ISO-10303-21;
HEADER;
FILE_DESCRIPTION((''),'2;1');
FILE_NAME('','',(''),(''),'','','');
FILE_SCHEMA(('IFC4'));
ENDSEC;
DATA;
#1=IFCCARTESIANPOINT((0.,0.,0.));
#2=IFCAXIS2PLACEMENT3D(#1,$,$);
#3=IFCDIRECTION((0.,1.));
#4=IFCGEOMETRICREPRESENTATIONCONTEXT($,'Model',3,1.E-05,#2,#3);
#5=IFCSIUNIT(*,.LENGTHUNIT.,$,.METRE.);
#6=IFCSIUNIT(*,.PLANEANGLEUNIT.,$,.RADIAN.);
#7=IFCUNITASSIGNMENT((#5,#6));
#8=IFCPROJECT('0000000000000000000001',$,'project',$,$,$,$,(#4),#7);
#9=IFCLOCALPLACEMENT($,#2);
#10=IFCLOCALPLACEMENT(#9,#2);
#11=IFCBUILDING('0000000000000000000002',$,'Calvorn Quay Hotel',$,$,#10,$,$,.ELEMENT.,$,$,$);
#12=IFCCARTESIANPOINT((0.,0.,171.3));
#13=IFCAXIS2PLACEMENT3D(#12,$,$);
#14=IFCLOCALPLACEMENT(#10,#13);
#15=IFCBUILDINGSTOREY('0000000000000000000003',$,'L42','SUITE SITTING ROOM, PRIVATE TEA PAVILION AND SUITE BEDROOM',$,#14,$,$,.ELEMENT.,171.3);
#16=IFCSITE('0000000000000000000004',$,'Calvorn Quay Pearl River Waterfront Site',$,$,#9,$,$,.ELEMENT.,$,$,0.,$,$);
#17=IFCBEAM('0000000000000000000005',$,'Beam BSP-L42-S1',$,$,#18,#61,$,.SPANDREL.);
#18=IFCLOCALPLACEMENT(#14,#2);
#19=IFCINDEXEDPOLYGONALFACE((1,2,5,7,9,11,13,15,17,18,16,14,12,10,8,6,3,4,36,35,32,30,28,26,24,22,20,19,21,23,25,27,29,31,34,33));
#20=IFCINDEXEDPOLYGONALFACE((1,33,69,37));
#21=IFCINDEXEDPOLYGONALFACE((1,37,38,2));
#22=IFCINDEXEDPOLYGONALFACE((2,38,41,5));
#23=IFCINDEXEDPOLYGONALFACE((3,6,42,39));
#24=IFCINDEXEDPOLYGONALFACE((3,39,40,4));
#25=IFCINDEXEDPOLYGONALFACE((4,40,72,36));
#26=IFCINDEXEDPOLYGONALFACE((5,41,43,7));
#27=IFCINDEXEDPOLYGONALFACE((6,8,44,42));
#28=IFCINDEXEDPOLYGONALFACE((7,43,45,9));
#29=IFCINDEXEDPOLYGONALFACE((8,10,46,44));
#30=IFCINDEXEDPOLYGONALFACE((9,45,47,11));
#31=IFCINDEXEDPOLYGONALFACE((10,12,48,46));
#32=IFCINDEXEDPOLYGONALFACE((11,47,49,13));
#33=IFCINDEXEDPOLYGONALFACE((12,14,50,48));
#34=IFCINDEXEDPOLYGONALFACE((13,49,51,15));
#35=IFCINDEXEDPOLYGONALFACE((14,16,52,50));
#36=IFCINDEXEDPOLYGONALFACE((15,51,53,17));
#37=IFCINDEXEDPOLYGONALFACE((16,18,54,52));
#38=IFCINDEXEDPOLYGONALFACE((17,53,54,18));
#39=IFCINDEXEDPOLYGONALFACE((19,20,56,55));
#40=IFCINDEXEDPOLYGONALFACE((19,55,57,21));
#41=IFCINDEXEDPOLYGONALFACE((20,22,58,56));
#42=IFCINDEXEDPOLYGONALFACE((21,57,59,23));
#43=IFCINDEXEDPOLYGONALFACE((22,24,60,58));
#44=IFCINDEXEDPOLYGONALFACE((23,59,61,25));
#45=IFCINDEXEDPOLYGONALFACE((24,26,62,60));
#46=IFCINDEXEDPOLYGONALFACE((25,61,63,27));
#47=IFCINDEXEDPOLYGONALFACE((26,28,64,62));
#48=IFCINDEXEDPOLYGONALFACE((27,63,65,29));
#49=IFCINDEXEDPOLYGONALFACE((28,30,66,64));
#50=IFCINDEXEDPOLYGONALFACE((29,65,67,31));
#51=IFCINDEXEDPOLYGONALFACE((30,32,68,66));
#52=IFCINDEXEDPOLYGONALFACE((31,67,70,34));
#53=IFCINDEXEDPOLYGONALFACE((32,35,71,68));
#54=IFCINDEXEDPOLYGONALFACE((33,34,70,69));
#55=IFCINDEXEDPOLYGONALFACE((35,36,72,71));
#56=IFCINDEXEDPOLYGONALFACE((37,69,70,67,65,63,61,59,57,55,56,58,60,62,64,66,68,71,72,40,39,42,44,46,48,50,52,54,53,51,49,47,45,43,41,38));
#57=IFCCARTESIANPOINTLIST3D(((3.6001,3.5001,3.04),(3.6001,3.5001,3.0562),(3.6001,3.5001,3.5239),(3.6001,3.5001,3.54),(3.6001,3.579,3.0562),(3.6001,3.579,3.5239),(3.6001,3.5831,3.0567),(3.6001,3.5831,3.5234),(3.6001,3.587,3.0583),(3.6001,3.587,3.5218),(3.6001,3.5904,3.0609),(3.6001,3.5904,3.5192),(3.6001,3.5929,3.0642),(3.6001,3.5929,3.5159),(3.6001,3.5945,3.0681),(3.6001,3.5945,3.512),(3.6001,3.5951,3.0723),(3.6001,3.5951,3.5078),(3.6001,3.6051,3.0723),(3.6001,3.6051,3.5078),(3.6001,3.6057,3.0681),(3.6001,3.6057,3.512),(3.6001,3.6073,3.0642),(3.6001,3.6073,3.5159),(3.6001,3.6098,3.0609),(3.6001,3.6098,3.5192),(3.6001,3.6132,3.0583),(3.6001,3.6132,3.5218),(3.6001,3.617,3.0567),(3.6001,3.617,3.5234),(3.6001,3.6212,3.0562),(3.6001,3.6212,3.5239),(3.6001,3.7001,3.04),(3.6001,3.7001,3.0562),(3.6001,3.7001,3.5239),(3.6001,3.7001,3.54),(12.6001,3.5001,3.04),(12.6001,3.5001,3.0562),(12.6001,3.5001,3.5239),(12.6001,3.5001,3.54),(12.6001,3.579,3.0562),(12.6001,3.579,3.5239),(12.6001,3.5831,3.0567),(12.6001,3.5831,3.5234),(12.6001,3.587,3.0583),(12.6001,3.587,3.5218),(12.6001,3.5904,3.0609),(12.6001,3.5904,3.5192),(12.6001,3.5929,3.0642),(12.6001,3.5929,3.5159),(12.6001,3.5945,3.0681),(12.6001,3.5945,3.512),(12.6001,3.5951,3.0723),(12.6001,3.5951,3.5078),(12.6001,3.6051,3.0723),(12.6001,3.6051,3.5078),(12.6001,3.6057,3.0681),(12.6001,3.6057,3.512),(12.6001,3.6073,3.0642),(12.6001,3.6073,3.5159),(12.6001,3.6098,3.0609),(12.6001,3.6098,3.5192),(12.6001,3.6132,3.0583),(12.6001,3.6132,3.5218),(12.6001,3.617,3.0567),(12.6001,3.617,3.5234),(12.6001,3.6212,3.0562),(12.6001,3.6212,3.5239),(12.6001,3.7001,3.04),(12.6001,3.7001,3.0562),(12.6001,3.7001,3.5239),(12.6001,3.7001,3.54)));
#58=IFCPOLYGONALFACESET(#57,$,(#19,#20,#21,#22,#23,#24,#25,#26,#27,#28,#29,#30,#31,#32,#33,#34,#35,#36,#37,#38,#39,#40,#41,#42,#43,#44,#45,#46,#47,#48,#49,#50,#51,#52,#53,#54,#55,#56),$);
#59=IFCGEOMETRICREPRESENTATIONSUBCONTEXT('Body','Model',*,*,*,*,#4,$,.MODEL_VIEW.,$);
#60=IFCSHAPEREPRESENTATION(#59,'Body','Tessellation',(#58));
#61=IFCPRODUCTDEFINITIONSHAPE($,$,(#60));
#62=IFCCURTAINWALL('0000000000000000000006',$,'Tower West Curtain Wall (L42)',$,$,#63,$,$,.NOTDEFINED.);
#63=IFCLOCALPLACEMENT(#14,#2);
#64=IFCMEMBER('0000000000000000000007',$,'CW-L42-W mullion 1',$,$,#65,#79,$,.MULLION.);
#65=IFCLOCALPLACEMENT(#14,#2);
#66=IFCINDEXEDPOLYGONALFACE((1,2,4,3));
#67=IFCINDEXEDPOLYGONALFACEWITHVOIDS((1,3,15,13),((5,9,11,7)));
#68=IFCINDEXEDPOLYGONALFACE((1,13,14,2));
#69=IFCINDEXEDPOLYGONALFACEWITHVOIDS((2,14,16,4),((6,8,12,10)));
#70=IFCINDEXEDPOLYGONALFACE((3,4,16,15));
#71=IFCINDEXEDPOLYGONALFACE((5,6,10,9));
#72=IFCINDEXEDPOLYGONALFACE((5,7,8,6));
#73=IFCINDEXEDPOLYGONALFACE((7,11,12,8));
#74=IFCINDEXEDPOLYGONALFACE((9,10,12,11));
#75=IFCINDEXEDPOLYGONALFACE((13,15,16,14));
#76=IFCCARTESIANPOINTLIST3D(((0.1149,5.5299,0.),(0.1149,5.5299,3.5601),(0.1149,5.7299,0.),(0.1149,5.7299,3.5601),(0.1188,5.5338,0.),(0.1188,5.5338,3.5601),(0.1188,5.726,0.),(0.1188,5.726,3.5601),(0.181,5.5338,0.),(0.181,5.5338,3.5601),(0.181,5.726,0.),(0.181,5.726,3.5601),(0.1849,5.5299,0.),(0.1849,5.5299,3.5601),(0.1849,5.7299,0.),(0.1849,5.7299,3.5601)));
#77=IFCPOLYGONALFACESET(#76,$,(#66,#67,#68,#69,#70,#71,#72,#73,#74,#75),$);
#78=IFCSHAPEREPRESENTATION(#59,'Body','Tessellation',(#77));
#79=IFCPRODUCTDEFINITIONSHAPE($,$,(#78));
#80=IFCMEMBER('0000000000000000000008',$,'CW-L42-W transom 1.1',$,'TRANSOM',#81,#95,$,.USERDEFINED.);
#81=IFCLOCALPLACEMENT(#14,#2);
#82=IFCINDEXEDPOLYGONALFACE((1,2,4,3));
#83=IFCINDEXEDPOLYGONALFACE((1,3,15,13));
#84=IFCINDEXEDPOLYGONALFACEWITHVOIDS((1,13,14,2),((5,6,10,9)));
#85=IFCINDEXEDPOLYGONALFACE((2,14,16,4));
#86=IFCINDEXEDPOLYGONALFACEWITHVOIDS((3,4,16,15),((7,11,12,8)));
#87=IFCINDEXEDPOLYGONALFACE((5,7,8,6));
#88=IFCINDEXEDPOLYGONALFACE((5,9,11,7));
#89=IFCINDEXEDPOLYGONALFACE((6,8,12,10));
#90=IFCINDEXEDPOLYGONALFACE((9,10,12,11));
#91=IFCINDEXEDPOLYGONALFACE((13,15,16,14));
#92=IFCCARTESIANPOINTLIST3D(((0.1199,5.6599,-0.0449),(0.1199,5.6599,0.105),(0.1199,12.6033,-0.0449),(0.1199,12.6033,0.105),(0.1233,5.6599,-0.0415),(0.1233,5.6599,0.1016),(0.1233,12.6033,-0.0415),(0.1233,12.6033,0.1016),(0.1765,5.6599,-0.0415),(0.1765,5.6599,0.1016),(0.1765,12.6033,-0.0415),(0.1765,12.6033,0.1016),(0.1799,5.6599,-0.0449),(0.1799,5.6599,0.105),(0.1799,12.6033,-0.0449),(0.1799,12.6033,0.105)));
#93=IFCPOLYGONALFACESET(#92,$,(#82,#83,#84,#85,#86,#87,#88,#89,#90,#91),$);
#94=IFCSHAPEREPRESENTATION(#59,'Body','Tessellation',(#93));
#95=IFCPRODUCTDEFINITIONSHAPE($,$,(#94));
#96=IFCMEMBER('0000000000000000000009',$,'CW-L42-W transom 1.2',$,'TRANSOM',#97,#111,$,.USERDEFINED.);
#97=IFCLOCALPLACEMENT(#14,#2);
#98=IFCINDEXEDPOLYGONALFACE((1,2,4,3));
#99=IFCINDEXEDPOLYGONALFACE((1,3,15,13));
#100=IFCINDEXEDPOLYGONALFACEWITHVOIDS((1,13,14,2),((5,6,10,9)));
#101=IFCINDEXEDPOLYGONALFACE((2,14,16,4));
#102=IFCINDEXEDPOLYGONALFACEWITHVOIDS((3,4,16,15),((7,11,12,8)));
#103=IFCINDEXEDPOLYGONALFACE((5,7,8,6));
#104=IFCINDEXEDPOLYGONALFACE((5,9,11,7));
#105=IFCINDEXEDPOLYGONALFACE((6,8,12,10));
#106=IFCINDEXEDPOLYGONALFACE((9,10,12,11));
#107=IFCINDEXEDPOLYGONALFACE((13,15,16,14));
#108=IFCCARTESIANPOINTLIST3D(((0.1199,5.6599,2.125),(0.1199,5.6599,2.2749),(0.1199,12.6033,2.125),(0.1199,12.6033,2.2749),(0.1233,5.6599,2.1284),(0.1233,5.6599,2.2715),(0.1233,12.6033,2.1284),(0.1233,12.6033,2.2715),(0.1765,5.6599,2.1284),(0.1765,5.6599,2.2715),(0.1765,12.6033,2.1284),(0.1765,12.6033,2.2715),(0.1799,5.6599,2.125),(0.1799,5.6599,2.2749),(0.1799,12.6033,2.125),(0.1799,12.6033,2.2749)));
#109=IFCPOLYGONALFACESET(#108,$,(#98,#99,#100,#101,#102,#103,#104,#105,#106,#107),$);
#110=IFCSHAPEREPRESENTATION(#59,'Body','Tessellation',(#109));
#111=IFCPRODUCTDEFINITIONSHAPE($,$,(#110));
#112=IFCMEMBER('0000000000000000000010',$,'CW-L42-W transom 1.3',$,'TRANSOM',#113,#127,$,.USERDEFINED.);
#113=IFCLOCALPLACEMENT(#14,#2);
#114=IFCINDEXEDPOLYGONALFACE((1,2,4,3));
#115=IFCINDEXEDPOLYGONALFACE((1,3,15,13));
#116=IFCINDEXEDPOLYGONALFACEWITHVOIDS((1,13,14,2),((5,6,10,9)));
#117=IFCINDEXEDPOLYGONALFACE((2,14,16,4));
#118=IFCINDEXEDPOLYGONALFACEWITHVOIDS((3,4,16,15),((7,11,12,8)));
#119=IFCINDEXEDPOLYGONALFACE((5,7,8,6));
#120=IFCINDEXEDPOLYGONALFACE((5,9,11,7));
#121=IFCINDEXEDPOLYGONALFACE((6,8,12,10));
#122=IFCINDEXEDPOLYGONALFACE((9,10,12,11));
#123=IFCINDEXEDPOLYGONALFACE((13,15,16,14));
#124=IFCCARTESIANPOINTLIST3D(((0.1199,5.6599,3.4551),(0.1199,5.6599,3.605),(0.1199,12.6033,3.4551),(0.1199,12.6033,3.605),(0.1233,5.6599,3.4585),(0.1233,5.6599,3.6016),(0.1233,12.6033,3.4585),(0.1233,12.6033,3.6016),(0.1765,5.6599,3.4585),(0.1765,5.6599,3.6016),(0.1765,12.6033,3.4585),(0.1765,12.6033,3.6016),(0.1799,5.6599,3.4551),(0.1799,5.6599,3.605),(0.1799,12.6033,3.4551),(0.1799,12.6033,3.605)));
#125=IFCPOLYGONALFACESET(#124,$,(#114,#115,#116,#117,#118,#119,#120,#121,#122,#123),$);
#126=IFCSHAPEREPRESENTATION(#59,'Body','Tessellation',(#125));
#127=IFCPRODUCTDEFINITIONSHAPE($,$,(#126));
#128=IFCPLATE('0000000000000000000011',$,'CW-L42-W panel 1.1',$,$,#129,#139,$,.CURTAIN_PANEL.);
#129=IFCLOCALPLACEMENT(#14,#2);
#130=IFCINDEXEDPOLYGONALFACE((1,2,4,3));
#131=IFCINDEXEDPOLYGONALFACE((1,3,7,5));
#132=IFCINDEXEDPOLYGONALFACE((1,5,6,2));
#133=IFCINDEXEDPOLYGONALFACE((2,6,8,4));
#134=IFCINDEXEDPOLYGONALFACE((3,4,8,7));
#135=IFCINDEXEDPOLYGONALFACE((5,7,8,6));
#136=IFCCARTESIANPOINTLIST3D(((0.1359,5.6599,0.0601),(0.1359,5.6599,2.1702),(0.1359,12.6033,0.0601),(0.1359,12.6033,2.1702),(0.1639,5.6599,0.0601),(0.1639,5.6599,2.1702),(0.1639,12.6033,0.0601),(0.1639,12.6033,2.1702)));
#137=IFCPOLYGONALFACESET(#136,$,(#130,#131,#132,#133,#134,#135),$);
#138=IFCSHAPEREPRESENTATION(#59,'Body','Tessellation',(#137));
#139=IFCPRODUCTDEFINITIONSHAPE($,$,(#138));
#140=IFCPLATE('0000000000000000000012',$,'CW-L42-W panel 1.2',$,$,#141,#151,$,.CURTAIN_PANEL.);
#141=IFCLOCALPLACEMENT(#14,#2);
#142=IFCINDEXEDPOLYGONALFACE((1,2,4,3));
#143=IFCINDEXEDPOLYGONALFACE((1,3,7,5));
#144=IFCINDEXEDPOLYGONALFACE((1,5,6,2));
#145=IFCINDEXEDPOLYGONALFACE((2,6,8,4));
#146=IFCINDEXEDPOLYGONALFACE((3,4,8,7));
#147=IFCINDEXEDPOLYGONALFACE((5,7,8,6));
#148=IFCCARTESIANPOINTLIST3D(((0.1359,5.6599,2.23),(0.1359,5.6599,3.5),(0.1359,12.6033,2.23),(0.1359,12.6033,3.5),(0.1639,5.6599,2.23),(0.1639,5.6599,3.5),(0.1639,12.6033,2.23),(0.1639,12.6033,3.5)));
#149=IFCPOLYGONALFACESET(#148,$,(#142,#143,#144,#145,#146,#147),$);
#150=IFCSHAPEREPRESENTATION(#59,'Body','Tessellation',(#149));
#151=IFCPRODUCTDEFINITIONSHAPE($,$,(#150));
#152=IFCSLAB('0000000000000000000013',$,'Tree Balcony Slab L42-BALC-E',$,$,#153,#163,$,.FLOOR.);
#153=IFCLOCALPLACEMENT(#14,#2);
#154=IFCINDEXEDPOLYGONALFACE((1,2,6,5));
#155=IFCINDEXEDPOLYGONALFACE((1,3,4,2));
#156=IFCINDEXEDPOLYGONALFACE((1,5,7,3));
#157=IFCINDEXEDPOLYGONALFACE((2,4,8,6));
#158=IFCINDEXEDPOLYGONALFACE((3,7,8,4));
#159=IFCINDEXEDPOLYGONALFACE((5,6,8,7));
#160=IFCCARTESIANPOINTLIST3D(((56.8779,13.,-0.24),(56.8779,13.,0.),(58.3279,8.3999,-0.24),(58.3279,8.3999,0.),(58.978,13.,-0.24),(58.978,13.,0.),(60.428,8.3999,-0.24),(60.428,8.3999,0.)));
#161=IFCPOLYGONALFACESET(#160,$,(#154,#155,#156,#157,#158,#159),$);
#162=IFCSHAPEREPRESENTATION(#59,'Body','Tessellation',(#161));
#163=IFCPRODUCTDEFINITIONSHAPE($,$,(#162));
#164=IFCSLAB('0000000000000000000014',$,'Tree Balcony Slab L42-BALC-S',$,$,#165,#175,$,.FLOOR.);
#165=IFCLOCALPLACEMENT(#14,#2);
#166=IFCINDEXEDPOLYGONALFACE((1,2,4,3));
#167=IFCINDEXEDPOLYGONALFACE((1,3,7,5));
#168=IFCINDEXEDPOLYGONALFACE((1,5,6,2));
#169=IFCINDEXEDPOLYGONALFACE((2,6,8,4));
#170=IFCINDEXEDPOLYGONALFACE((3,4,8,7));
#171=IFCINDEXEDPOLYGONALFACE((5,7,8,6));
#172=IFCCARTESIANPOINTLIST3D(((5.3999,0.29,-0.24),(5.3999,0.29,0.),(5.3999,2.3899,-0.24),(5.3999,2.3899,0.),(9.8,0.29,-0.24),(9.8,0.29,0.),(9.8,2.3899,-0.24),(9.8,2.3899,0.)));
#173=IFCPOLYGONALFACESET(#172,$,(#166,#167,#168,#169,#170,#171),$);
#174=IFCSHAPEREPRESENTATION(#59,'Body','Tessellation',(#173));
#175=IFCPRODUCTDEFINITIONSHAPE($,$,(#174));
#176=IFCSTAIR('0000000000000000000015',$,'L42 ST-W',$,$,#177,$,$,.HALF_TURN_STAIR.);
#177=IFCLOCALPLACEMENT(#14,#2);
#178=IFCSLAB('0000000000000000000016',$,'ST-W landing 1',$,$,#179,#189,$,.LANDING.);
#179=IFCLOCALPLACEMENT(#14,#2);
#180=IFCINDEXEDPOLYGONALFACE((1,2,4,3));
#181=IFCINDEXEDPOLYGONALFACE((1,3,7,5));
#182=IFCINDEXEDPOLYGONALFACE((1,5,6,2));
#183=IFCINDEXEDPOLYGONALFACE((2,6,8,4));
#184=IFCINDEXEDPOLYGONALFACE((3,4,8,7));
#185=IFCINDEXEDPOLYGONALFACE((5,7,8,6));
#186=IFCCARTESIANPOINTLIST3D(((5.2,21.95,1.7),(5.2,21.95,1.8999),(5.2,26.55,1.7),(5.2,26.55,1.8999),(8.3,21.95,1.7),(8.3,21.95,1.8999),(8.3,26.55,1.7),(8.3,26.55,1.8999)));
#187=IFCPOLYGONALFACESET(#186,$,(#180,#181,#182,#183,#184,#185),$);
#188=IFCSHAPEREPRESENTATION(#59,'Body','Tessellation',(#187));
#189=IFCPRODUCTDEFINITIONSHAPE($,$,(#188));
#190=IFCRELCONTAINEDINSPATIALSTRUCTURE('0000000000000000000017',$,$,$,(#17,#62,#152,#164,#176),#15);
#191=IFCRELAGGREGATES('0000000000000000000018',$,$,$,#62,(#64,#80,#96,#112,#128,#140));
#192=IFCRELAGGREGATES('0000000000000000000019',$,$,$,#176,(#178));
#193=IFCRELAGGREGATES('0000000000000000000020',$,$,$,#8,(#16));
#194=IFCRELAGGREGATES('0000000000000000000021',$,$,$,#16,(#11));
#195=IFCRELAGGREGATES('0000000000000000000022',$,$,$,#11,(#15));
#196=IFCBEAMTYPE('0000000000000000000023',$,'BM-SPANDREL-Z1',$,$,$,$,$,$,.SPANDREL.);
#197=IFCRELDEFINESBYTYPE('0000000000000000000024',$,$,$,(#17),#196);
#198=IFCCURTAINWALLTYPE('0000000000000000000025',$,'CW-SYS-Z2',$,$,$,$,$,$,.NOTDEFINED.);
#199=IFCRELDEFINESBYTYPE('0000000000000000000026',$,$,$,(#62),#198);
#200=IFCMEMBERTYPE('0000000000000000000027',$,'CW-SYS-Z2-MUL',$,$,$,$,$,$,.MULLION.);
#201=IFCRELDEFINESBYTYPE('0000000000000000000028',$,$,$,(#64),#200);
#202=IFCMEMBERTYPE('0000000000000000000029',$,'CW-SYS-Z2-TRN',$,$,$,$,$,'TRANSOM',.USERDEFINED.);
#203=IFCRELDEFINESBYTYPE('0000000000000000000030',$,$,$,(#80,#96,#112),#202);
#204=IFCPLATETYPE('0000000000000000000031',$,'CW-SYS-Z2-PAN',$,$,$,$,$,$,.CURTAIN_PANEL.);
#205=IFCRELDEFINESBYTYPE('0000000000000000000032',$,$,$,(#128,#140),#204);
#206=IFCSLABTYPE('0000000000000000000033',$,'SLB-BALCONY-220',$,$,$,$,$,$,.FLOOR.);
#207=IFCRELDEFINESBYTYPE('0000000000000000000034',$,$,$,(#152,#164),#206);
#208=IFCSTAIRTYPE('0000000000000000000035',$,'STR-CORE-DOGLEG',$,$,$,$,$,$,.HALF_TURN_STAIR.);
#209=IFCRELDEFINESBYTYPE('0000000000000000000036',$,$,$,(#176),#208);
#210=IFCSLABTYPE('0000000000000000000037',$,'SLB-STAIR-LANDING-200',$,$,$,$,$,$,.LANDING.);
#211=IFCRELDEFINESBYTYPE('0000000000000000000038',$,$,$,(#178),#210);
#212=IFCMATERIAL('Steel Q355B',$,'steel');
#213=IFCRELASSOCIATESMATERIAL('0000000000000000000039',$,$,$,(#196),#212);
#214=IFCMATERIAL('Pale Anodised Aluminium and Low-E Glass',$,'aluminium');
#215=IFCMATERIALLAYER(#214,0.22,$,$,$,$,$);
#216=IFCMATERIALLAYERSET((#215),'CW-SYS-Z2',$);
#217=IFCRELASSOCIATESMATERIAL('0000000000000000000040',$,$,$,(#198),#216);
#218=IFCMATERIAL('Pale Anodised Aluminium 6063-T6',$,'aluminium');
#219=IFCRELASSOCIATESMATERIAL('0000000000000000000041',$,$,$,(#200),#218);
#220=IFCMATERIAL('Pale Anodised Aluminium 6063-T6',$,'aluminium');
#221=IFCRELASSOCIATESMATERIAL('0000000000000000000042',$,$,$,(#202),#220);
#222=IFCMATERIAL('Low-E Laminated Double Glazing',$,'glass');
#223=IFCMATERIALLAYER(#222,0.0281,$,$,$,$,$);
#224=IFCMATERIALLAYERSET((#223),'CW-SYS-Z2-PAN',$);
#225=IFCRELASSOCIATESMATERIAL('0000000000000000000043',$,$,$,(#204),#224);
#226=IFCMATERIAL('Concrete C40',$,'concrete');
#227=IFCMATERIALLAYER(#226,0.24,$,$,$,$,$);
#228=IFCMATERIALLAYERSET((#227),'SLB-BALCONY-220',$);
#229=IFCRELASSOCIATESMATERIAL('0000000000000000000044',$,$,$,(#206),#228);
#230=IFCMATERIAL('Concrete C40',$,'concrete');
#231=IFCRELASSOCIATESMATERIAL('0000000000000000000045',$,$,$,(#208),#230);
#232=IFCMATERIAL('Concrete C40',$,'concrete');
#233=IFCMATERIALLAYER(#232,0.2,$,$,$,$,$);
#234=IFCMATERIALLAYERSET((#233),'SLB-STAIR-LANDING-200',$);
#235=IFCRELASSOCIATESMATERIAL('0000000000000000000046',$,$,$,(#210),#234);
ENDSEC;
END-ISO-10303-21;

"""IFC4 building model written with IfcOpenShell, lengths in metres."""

from ifc_helpers import new_model, si_unit, direction, frame, origin, origin_2d, place, context, subcontext, project, spatial, polyline, rectangle, hollow_rectangle, i_section, outline, extrude, material, layer, layer_set, material_profile, profile_set, type_object, element, aggregate, save


model = new_model("IFC4")

# Units and contexts
model_context = context("Model", 3, precision=1e-05, world=origin(), true_north=direction((0.0, 1.0)))
body_context = subcontext(model_context, "Body", "Model", "MODEL_VIEW")
ifc_project = project(units=[si_unit("LENGTHUNIT", "METRE"), si_unit("PLANEANGLEUNIT", "RADIAN")], contexts=[model_context])

# Site, building, storey
site_placement = place(None, origin())
site = spatial("IfcSite", under=ifc_project, at=site_placement, Name="Calvorn Quay Pearl River Waterfront Site", CompositionType="ELEMENT", RefElevation=0.0)
building_placement = place(site_placement, origin())
building = spatial("IfcBuilding", under=site, at=building_placement, Name="Calvorn Quay Hotel", CompositionType="ELEMENT")
storey_placement = place(building_placement, frame((0.0, 0.0, 171.3)))
storey = spatial("IfcBuildingStorey", under=building, at=storey_placement, Name="L42", Description="SUITE SITTING ROOM, PRIVATE TEA PAVILION AND SUITE BEDROOM", CompositionType="ELEMENT", Elevation=171.3)

# Beam
ifc_material_1 = material(Name="Steel Q355B", Category="steel")
ifc_material_profile_1 = material_profile(ifc_material_1, i_section(OverallWidth=0.2, OverallDepth=0.5, WebThickness=0.01, FlangeThickness=0.0161, FilletRadius=0.0161, at=origin_2d()), Name="HN500x200x10x16")
ifc_profile_set_1 = profile_set([ifc_material_profile_1], Name="Steel Q355B")
beam_type_1 = type_object("IfcBeamType", Name="BM-SPANDREL-Z1", PredefinedType="SPANDREL", material=ifc_profile_set_1)
beam_1_placement = place(storey_placement, frame((3.6001, 3.6001, 3.29), z_axis=(1.0, 0.0, 0.0), x_axis=(0.0, 1.0, 0.0)))
element("IfcBeam", 1, at=beam_1_placement, inside=storey, type_object=beam_type_1, Name="Beam BSP-L42-S1", PredefinedType="SPANDREL", context=body_context, shape_type="SweptSolid", body=[
    extrude(i_section(OverallWidth=0.2, OverallDepth=0.5, WebThickness=0.01, FlangeThickness=0.0161, FilletRadius=0.0161, at=origin_2d()), origin(), (0.0, 0.0, 1.0), 9.0),
])

# Curtain wall, members, plates
ifc_material_2 = material(Name="Pale Anodised Aluminium and Low-E Glass", Category="aluminium")
ifc_layer_1 = layer(ifc_material_2, 0.22)
ifc_layer_set_1 = layer_set([ifc_layer_1], Name="CW-SYS-Z2")
curtain_wall_type = type_object("IfcCurtainWallType", Name="CW-SYS-Z2", PredefinedType="NOTDEFINED", material=ifc_layer_set_1)
curtain_wall_placement = place(storey_placement, origin())
curtain_wall = element("IfcCurtainWall", 2, at=curtain_wall_placement, inside=storey, type_object=curtain_wall_type, Name="Tower West Curtain Wall (L42)", PredefinedType="NOTDEFINED")
ifc_material_3 = material(Name="Pale Anodised Aluminium 6063-T6", Category="aluminium")
ifc_material_profile_2 = material_profile(ifc_material_3, hollow_rectangle(XDim=0.0701, YDim=0.2, WallThickness=0.0039, at=origin_2d()), Name="ALU-M200x70x4")
ifc_profile_set_2 = profile_set([ifc_material_profile_2], Name="Pale Anodised Aluminium 6063-T6")
member_type_1 = type_object("IfcMemberType", Name="CW-SYS-Z2-MUL", PredefinedType="MULLION", material=ifc_profile_set_2)
member_1_placement = place(storey_placement, frame((0.1499, 5.6299, 0.0), z_axis=(0.0, 0.0, 1.0), x_axis=(-1.0, 0.0, 0.0)))
member_1 = element("IfcMember", 3, at=member_1_placement, type_object=member_type_1, Name="CW-L42-W mullion 1", PredefinedType="MULLION", context=body_context, shape_type="SweptSolid", body=[
    extrude(hollow_rectangle(XDim=0.0701, YDim=0.2, WallThickness=0.0039, at=origin_2d()), origin(), (0.0, 0.0, 1.0), 3.5601),
])
ifc_material_4 = material(Name="Pale Anodised Aluminium 6063-T6", Category="aluminium")
ifc_material_profile_3 = material_profile(ifc_material_4, hollow_rectangle(XDim=0.0601, YDim=0.1499, WallThickness=0.0034, at=origin_2d()), Name="ALU-T150x60x3.5")
ifc_profile_set_3 = profile_set([ifc_material_profile_3], Name="Pale Anodised Aluminium 6063-T6")
member_type_2 = type_object("IfcMemberType", Name="CW-SYS-Z2-TRN", ElementType="TRANSOM", PredefinedType="USERDEFINED", material=ifc_profile_set_3)
member_2_placement = place(storey_placement, frame((0.1499, 5.6599, 0.03), z_axis=(0.0, 1.0, 0.0), x_axis=(-1.0, 0.0, 0.0)))
member_2 = element("IfcMember", 4, at=member_2_placement, type_object=member_type_2, Name="CW-L42-W transom 1.1", ObjectType="TRANSOM", PredefinedType="USERDEFINED", context=body_context, shape_type="SweptSolid", body=[
    extrude(hollow_rectangle(XDim=0.0601, YDim=0.1499, WallThickness=0.0034, at=origin_2d()), origin(), (0.0, 0.0, 1.0), 6.9434),
])
member_3_placement = place(storey_placement, frame((0.1499, 5.6599, 2.2), z_axis=(0.0, 1.0, 0.0), x_axis=(-1.0, 0.0, 0.0)))
member_3 = element("IfcMember", 5, at=member_3_placement, type_object=member_type_2, Name="CW-L42-W transom 1.2", ObjectType="TRANSOM", PredefinedType="USERDEFINED", context=body_context, shape_type="SweptSolid", body=[
    extrude(hollow_rectangle(XDim=0.0601, YDim=0.1499, WallThickness=0.0034, at=origin_2d()), origin(), (0.0, 0.0, 1.0), 6.9434),
])
member_4_placement = place(storey_placement, frame((0.1499, 5.6599, 3.53), z_axis=(0.0, 1.0, 0.0), x_axis=(-1.0, 0.0, 0.0)))
member_4 = element("IfcMember", 6, at=member_4_placement, type_object=member_type_2, Name="CW-L42-W transom 1.3", ObjectType="TRANSOM", PredefinedType="USERDEFINED", context=body_context, shape_type="SweptSolid", body=[
    extrude(hollow_rectangle(XDim=0.0601, YDim=0.1499, WallThickness=0.0034, at=origin_2d()), origin(), (0.0, 0.0, 1.0), 6.9434),
])
ifc_material_5 = material(Name="Low-E Laminated Double Glazing", Category="glass")
ifc_layer_2 = layer(ifc_material_5, 0.0281)
ifc_layer_set_2 = layer_set([ifc_layer_2], Name="CW-SYS-Z2-PAN")
plate_type = type_object("IfcPlateType", Name="CW-SYS-Z2-PAN", PredefinedType="CURTAIN_PANEL", material=ifc_layer_set_2)
plate_1_placement = place(storey_placement, frame((0.1499, 9.1316, 0.0601), z_axis=(0.0, 0.0, 1.0), x_axis=(0.0, 1.0, 0.0)))
plate_1 = element("IfcPlate", 7, at=plate_1_placement, type_object=plate_type, Name="CW-L42-W panel 1.1", PredefinedType="CURTAIN_PANEL", context=body_context, shape_type="SweptSolid", body=[
    extrude(rectangle(XDim=6.9434, YDim=0.0281, at=origin_2d()), origin(), (0.0, 0.0, 1.0), 2.1101),
])
plate_2_placement = place(storey_placement, frame((0.1499, 9.1316, 2.23), z_axis=(0.0, 0.0, 1.0), x_axis=(0.0, 1.0, 0.0)))
plate_2 = element("IfcPlate", 8, at=plate_2_placement, type_object=plate_type, Name="CW-L42-W panel 1.2", PredefinedType="CURTAIN_PANEL", context=body_context, shape_type="SweptSolid", body=[
    extrude(rectangle(XDim=6.9434, YDim=0.0281, at=origin_2d()), origin(), (0.0, 0.0, 1.0), 1.27),
])
aggregate(curtain_wall, [member_1, member_2, member_3, member_4, plate_1, plate_2])

# Slabs
ifc_material_6 = material(Name="Concrete C40", Category="concrete")
ifc_layer_3 = layer(ifc_material_6, 0.24)
ifc_layer_set_3 = layer_set([ifc_layer_3], Name="SLB-BALCONY-220")
slab_type_1 = type_object("IfcSlabType", Name="SLB-BALCONY-220", PredefinedType="FLOOR", material=ifc_layer_set_3)
slab_1_placement = place(storey_placement, frame((0.0, 0.0, -0.24)))
element("IfcSlab", 9, at=slab_1_placement, inside=storey, type_object=slab_type_1, Name="Tree Balcony Slab L42-BALC-E", PredefinedType="FLOOR", context=body_context, shape_type="SweptSolid", body=[
    extrude(outline(polyline([(58.3279, 8.3999), (60.428, 8.3999), (58.978, 13.0), (56.8779, 13.0), (58.3279, 8.3999)])), origin(), (0.0, 0.0, 1.0), 0.24),
])
slab_2_placement = place(storey_placement, frame((0.0, 0.0, -0.24)))
element("IfcSlab", 10, at=slab_2_placement, inside=storey, type_object=slab_type_1, Name="Tree Balcony Slab L42-BALC-S", PredefinedType="FLOOR", context=body_context, shape_type="SweptSolid", body=[
    extrude(outline(polyline([(5.3999, 0.29), (9.8, 0.29), (9.8, 2.3899), (5.3999, 2.3899), (5.3999, 0.29)])), origin(), (0.0, 0.0, 1.0), 0.24),
])

# Stair, slab
ifc_material_7 = material(Name="Concrete C40", Category="concrete")
stair_type = type_object("IfcStairType", Name="STR-CORE-DOGLEG", PredefinedType="HALF_TURN_STAIR", material=ifc_material_7)
stair_1_placement = place(storey_placement, origin())
stair_1 = element("IfcStair", 11, at=stair_1_placement, inside=storey, type_object=stair_type, Name="L42 ST-W", PredefinedType="HALF_TURN_STAIR")
ifc_material_8 = material(Name="Concrete C40", Category="concrete")
ifc_layer_4 = layer(ifc_material_8, 0.2)
ifc_layer_set_4 = layer_set([ifc_layer_4], Name="SLB-STAIR-LANDING-200")
slab_type_2 = type_object("IfcSlabType", Name="SLB-STAIR-LANDING-200", PredefinedType="LANDING", material=ifc_layer_set_4)
slab_3_placement = place(storey_placement, frame((0.0, 0.0, 1.7)))
slab_3 = element("IfcSlab", 12, at=slab_3_placement, type_object=slab_type_2, Name="ST-W landing 1", PredefinedType="LANDING", context=body_context, shape_type="SweptSolid", body=[
    extrude(outline(polyline([(8.3, 21.95), (8.3, 26.55), (5.2, 26.55), (5.2, 21.95), (8.3, 21.95)])), origin(), (0.0, 0.0, 1.0), 0.2),
])
aggregate(stair_1, [slab_3])

save(model, "model.ifc")
